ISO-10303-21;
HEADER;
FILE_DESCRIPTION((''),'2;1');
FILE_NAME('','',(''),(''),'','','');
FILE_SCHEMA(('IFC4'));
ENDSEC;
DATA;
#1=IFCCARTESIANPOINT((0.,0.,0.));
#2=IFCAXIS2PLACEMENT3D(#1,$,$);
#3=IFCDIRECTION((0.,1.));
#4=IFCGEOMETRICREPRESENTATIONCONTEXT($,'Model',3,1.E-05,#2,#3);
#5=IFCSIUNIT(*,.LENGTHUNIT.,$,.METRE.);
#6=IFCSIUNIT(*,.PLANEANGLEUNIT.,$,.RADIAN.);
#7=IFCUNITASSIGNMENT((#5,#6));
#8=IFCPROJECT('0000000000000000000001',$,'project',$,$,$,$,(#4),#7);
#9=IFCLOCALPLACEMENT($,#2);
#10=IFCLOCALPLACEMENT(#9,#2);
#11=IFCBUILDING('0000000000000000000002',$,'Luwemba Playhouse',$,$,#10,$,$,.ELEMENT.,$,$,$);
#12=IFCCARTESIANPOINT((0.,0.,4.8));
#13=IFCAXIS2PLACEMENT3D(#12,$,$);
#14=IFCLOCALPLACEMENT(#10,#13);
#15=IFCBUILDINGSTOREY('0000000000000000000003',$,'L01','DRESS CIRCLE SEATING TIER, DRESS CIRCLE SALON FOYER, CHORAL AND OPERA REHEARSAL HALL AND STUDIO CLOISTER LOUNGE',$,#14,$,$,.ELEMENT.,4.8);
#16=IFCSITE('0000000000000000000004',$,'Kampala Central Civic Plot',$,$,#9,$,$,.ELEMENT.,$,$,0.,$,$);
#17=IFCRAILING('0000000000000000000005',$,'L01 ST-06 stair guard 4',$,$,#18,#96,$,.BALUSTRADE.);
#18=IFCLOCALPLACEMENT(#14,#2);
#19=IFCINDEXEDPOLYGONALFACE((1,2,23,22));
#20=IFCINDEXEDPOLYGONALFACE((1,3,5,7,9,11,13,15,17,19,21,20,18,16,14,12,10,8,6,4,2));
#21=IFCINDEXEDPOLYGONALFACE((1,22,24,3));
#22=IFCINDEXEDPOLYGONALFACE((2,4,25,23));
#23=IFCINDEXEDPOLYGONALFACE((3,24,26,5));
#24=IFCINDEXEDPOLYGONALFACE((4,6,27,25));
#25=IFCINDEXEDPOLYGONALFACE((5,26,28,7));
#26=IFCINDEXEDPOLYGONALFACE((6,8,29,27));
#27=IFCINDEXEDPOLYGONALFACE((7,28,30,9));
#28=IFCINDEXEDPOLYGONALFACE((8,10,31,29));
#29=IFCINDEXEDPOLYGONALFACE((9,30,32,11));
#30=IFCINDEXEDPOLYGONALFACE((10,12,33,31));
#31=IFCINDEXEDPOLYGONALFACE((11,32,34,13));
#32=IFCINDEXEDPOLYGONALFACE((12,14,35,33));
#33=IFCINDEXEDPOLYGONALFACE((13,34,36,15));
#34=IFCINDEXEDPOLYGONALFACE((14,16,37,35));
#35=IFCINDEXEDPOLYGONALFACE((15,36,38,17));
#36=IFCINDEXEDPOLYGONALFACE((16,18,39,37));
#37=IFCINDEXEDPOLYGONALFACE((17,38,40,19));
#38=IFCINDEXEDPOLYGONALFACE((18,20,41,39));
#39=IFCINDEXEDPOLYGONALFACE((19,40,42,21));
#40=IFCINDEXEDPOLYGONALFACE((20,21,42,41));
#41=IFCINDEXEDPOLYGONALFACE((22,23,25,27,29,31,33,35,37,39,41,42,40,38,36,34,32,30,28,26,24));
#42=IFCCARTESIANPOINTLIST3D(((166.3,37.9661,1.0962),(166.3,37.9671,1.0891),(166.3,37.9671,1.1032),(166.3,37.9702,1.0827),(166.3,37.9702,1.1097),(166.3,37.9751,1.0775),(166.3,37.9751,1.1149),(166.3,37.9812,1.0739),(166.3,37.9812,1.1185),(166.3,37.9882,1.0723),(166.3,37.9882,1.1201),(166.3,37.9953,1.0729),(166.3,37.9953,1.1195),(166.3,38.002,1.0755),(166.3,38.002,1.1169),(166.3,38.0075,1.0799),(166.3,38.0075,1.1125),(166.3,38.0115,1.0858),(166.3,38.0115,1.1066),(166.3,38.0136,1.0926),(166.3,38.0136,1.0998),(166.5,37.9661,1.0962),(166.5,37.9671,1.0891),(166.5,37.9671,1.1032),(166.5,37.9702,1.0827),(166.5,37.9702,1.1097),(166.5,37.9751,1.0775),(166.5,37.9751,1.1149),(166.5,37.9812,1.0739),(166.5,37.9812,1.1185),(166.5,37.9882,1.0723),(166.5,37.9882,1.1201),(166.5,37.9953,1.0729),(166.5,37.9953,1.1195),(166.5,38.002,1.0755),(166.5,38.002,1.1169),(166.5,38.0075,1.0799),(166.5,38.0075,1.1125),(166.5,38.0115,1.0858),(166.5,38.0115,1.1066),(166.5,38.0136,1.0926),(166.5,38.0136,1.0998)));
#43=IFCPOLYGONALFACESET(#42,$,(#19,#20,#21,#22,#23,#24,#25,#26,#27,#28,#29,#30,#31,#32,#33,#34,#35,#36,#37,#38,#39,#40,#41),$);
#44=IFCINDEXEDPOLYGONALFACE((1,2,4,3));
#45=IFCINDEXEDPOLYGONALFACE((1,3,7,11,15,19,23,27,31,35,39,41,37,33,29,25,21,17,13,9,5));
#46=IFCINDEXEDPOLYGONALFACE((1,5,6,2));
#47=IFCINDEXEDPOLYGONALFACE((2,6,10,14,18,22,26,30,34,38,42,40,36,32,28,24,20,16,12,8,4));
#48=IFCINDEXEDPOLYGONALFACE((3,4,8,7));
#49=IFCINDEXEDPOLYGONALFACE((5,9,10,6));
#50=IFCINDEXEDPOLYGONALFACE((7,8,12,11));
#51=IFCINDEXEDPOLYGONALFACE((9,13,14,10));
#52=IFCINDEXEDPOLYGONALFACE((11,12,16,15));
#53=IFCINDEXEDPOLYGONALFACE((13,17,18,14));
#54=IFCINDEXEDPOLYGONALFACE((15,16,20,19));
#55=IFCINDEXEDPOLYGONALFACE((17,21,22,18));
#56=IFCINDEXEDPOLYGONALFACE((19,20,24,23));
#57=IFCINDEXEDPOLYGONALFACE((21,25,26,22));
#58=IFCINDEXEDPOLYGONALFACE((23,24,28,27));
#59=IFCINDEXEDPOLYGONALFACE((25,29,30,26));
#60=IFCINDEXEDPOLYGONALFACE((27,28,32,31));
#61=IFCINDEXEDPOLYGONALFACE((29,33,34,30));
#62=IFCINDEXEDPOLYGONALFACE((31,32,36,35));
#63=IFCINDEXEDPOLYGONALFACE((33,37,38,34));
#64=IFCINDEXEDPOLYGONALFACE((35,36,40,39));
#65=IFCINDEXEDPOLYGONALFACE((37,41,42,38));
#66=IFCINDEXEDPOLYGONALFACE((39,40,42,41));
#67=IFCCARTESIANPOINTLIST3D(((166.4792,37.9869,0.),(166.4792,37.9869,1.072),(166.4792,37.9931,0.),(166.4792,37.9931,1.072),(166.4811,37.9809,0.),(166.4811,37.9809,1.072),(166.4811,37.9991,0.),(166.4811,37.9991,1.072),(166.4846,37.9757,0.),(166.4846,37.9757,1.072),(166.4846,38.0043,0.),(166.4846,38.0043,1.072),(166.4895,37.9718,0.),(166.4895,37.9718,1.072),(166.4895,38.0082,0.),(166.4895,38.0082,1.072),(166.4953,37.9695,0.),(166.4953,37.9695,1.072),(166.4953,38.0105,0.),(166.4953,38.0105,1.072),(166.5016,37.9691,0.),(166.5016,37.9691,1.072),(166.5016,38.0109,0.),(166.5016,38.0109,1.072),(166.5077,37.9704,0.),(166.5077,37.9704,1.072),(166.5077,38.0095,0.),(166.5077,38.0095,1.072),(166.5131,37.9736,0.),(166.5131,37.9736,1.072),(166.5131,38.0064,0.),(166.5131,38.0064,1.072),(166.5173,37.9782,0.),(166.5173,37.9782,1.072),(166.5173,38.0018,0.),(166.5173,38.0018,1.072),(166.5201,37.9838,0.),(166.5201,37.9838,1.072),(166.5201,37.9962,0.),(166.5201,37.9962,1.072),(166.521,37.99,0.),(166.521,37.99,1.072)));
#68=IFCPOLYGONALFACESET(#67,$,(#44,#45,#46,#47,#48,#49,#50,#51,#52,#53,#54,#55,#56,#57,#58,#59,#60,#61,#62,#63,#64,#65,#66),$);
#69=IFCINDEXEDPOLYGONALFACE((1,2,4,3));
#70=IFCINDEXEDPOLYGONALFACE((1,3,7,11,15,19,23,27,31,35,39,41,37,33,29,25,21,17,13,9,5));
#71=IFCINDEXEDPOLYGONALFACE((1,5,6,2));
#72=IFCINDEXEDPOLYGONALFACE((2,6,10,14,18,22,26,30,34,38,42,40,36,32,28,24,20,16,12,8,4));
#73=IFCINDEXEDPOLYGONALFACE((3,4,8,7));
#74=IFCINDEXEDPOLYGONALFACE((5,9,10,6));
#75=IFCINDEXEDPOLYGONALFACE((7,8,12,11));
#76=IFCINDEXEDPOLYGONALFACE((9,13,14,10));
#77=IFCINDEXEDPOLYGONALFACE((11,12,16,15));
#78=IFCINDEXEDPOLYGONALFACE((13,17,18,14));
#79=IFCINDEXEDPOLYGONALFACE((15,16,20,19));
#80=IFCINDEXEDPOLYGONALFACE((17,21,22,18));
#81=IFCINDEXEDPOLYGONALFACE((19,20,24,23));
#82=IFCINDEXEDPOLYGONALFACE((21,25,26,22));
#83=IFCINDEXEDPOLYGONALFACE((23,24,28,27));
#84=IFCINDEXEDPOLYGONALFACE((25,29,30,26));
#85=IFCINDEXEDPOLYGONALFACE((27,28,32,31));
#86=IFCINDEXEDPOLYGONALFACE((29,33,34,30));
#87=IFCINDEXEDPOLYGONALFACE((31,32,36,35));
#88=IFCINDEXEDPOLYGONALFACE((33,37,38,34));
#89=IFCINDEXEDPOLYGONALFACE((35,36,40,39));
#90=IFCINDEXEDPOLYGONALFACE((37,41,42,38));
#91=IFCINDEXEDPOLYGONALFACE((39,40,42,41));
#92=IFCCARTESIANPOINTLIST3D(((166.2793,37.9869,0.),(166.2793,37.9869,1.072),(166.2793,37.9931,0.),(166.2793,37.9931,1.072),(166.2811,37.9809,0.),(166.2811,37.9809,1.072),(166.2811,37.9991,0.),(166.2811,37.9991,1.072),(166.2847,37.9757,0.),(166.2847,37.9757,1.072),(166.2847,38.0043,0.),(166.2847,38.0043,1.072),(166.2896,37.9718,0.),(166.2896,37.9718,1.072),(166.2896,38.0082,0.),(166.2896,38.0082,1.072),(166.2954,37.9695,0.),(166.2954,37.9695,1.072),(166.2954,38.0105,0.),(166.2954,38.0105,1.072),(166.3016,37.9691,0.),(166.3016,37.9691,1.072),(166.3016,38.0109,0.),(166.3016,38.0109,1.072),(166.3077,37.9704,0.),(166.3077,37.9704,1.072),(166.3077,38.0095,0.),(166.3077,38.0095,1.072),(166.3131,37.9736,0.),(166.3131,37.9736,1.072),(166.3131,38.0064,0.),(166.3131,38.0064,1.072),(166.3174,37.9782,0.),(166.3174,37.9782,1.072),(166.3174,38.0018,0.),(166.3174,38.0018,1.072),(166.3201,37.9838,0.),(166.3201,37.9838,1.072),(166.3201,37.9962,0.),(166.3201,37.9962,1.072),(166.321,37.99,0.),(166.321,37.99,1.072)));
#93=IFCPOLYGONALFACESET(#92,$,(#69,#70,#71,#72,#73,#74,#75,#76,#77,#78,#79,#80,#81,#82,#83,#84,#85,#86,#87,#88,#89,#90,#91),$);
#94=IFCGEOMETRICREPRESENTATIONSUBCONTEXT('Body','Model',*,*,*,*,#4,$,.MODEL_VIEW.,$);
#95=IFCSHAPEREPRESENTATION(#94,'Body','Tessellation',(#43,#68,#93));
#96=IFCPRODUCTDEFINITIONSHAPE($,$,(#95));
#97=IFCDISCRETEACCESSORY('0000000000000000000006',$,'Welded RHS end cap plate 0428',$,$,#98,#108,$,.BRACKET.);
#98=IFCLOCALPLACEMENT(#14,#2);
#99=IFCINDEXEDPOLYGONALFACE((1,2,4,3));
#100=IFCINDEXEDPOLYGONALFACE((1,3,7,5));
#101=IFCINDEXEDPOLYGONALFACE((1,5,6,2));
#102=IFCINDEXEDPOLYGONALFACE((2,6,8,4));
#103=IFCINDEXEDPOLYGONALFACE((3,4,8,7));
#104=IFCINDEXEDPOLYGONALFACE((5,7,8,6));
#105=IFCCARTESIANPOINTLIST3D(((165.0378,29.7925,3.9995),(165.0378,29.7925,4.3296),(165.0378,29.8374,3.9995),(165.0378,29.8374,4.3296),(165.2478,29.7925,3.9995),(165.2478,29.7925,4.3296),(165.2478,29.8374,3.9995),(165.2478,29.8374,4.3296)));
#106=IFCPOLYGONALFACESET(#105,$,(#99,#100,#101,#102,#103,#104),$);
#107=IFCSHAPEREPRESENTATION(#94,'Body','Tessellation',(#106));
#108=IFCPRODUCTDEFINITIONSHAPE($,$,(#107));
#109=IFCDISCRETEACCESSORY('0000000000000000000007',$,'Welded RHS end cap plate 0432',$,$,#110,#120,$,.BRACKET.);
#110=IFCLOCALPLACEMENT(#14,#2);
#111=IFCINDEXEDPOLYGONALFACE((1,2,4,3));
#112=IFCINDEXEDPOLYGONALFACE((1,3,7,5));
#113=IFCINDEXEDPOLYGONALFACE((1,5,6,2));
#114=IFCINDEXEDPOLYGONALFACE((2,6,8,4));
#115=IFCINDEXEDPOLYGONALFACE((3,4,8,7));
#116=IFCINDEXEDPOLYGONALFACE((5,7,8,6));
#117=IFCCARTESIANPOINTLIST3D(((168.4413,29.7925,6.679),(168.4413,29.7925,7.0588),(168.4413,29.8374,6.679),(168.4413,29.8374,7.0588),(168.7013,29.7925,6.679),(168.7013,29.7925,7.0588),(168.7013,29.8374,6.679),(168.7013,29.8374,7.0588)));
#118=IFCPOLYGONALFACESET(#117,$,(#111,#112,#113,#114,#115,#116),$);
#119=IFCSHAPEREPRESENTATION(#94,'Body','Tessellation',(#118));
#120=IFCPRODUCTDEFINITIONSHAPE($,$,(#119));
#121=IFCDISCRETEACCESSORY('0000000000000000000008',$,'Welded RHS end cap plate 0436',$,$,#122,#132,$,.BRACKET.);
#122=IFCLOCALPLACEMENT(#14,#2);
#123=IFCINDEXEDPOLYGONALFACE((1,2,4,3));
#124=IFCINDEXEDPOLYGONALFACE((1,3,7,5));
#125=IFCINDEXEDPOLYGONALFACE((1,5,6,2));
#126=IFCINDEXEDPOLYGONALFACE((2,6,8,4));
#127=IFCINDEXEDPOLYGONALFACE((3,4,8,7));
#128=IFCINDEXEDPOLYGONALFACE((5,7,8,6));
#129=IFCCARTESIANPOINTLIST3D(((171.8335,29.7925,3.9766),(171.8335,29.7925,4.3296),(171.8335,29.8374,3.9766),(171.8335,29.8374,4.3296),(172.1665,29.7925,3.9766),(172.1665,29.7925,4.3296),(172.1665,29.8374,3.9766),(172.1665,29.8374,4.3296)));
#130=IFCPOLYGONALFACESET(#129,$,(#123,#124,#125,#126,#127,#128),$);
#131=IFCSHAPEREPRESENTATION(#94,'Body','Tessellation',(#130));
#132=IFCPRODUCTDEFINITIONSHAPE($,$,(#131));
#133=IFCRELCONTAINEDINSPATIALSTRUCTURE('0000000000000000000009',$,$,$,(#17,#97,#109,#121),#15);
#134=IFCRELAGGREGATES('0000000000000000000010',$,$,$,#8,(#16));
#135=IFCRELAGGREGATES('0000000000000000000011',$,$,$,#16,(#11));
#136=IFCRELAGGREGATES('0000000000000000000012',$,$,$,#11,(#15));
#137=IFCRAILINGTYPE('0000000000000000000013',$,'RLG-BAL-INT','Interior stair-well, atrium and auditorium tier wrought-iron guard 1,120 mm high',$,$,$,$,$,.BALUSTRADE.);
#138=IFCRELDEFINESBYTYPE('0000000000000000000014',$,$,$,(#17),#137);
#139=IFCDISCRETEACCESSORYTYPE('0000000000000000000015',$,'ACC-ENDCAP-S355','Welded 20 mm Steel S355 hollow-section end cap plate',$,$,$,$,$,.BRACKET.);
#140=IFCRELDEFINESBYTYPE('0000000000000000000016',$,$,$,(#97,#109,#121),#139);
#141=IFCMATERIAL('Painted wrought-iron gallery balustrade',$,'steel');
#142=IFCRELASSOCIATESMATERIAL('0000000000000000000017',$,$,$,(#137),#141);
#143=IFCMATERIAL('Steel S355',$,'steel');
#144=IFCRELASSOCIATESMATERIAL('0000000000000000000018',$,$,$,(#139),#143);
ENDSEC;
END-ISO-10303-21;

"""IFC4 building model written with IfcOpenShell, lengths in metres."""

from ifc_helpers import new_model, si_unit, direction, frame, origin, origin_2d, place, context, subcontext, project, spatial, rectangle, circle, extrude, material, type_object, element, save


model = new_model("IFC4")

# Units and contexts
model_context = context("Model", 3, precision=1e-05, world=origin(), true_north=direction((0.0, 1.0)))
body_context = subcontext(model_context, "Body", "Model", "MODEL_VIEW")
ifc_project = project(units=[si_unit("LENGTHUNIT", "METRE"), si_unit("PLANEANGLEUNIT", "RADIAN")], contexts=[model_context])

# Site, building, storey
site_placement = place(None, origin())
site = spatial("IfcSite", under=ifc_project, at=site_placement, Name="Kampala Central Civic Plot", CompositionType="ELEMENT", RefElevation=0.0)
building_placement = place(site_placement, origin())
building = spatial("IfcBuilding", under=site, at=building_placement, Name="Luwemba Playhouse", CompositionType="ELEMENT")
storey_placement = place(building_placement, frame((0.0, 0.0, 4.8)))
storey = spatial("IfcBuildingStorey", under=building, at=storey_placement, Name="L01", Description="DRESS CIRCLE SEATING TIER, DRESS CIRCLE SALON FOYER, CHORAL AND OPERA REHEARSAL HALL AND STUDIO CLOISTER LOUNGE", CompositionType="ELEMENT", Elevation=4.8)

# Shared definitions
ifc_material_1 = material(Name="Steel S355", Category="steel")

# Railing
ifc_material_2 = material(Name="Painted wrought-iron gallery balustrade", Category="steel")
railing_type = type_object("IfcRailingType", Name="RLG-BAL-INT", Description="Interior stair-well, atrium and auditorium tier wrought-iron guard 1,120 mm high", PredefinedType="BALUSTRADE", material=ifc_material_2)
railing_1_placement = place(storey_placement, frame((166.5, 37.99, 0.0)))
element("IfcRailing", 1, at=railing_1_placement, inside=storey, type_object=railing_type, Name="L01 ST-06 stair guard 4", PredefinedType="BALUSTRADE", context=body_context, shape_type="SweptSolid", body=[
    extrude(circle(Radius=0.0239, at=origin_2d()), frame((0.0, 0.0, 1.0962), z_axis=(-1.0, 0.0, 0.0), x_axis=(0.0, -1.0, 0.0)), (0.0, 0.0, 1.0), 0.2),
    extrude(circle(Radius=0.021, at=origin_2d()), origin(), (0.0, 0.0, 1.0), 1.072),
    extrude(circle(Radius=0.021, at=origin_2d()), frame((-0.2, 0.0, 0.0)), (0.0, 0.0, 1.0), 1.072),
])

# Discrete accessories
discrete_accessory_type = type_object("IfcDiscreteAccessoryType", Name="ACC-ENDCAP-S355", Description="Welded 20 mm Steel S355 hollow-section end cap plate", PredefinedType="BRACKET", material=ifc_material_1)
discrete_accessory_1_placement = place(storey_placement, frame((165.1428, 29.8149, 3.9995), z_axis=(0.0, 0.0, 1.0), x_axis=(1.0, 0.0, 0.0)))
element("IfcDiscreteAccessory", 2, at=discrete_accessory_1_placement, inside=storey, type_object=discrete_accessory_type, Name="Welded RHS end cap plate 0428", PredefinedType="BRACKET", context=body_context, shape_type="SweptSolid", body=[
    extrude(rectangle(XDim=0.21, YDim=0.0449, at=origin_2d()), origin(), (0.0, 0.0, 1.0), 0.3301),
])
discrete_accessory_2_placement = place(storey_placement, frame((168.5713, 29.8149, 6.679), z_axis=(0.0, 0.0, 1.0), x_axis=(1.0, 0.0, 0.0)))
element("IfcDiscreteAccessory", 3, at=discrete_accessory_2_placement, inside=storey, type_object=discrete_accessory_type, Name="Welded RHS end cap plate 0432", PredefinedType="BRACKET", context=body_context, shape_type="SweptSolid", body=[
    extrude(rectangle(XDim=0.26, YDim=0.0449, at=origin_2d()), origin(), (0.0, 0.0, 1.0), 0.3799),
])
discrete_accessory_3_placement = place(storey_placement, frame((172.0, 29.8149, 3.9766), z_axis=(0.0, 0.0, 1.0), x_axis=(1.0, 0.0, 0.0)))
element("IfcDiscreteAccessory", 4, at=discrete_accessory_3_placement, inside=storey, type_object=discrete_accessory_type, Name="Welded RHS end cap plate 0436", PredefinedType="BRACKET", context=body_context, shape_type="SweptSolid", body=[
    extrude(rectangle(XDim=0.333, YDim=0.0449, at=origin_2d()), origin(), (0.0, 0.0, 1.0), 0.353),
])

save(model, "model.ifc")
